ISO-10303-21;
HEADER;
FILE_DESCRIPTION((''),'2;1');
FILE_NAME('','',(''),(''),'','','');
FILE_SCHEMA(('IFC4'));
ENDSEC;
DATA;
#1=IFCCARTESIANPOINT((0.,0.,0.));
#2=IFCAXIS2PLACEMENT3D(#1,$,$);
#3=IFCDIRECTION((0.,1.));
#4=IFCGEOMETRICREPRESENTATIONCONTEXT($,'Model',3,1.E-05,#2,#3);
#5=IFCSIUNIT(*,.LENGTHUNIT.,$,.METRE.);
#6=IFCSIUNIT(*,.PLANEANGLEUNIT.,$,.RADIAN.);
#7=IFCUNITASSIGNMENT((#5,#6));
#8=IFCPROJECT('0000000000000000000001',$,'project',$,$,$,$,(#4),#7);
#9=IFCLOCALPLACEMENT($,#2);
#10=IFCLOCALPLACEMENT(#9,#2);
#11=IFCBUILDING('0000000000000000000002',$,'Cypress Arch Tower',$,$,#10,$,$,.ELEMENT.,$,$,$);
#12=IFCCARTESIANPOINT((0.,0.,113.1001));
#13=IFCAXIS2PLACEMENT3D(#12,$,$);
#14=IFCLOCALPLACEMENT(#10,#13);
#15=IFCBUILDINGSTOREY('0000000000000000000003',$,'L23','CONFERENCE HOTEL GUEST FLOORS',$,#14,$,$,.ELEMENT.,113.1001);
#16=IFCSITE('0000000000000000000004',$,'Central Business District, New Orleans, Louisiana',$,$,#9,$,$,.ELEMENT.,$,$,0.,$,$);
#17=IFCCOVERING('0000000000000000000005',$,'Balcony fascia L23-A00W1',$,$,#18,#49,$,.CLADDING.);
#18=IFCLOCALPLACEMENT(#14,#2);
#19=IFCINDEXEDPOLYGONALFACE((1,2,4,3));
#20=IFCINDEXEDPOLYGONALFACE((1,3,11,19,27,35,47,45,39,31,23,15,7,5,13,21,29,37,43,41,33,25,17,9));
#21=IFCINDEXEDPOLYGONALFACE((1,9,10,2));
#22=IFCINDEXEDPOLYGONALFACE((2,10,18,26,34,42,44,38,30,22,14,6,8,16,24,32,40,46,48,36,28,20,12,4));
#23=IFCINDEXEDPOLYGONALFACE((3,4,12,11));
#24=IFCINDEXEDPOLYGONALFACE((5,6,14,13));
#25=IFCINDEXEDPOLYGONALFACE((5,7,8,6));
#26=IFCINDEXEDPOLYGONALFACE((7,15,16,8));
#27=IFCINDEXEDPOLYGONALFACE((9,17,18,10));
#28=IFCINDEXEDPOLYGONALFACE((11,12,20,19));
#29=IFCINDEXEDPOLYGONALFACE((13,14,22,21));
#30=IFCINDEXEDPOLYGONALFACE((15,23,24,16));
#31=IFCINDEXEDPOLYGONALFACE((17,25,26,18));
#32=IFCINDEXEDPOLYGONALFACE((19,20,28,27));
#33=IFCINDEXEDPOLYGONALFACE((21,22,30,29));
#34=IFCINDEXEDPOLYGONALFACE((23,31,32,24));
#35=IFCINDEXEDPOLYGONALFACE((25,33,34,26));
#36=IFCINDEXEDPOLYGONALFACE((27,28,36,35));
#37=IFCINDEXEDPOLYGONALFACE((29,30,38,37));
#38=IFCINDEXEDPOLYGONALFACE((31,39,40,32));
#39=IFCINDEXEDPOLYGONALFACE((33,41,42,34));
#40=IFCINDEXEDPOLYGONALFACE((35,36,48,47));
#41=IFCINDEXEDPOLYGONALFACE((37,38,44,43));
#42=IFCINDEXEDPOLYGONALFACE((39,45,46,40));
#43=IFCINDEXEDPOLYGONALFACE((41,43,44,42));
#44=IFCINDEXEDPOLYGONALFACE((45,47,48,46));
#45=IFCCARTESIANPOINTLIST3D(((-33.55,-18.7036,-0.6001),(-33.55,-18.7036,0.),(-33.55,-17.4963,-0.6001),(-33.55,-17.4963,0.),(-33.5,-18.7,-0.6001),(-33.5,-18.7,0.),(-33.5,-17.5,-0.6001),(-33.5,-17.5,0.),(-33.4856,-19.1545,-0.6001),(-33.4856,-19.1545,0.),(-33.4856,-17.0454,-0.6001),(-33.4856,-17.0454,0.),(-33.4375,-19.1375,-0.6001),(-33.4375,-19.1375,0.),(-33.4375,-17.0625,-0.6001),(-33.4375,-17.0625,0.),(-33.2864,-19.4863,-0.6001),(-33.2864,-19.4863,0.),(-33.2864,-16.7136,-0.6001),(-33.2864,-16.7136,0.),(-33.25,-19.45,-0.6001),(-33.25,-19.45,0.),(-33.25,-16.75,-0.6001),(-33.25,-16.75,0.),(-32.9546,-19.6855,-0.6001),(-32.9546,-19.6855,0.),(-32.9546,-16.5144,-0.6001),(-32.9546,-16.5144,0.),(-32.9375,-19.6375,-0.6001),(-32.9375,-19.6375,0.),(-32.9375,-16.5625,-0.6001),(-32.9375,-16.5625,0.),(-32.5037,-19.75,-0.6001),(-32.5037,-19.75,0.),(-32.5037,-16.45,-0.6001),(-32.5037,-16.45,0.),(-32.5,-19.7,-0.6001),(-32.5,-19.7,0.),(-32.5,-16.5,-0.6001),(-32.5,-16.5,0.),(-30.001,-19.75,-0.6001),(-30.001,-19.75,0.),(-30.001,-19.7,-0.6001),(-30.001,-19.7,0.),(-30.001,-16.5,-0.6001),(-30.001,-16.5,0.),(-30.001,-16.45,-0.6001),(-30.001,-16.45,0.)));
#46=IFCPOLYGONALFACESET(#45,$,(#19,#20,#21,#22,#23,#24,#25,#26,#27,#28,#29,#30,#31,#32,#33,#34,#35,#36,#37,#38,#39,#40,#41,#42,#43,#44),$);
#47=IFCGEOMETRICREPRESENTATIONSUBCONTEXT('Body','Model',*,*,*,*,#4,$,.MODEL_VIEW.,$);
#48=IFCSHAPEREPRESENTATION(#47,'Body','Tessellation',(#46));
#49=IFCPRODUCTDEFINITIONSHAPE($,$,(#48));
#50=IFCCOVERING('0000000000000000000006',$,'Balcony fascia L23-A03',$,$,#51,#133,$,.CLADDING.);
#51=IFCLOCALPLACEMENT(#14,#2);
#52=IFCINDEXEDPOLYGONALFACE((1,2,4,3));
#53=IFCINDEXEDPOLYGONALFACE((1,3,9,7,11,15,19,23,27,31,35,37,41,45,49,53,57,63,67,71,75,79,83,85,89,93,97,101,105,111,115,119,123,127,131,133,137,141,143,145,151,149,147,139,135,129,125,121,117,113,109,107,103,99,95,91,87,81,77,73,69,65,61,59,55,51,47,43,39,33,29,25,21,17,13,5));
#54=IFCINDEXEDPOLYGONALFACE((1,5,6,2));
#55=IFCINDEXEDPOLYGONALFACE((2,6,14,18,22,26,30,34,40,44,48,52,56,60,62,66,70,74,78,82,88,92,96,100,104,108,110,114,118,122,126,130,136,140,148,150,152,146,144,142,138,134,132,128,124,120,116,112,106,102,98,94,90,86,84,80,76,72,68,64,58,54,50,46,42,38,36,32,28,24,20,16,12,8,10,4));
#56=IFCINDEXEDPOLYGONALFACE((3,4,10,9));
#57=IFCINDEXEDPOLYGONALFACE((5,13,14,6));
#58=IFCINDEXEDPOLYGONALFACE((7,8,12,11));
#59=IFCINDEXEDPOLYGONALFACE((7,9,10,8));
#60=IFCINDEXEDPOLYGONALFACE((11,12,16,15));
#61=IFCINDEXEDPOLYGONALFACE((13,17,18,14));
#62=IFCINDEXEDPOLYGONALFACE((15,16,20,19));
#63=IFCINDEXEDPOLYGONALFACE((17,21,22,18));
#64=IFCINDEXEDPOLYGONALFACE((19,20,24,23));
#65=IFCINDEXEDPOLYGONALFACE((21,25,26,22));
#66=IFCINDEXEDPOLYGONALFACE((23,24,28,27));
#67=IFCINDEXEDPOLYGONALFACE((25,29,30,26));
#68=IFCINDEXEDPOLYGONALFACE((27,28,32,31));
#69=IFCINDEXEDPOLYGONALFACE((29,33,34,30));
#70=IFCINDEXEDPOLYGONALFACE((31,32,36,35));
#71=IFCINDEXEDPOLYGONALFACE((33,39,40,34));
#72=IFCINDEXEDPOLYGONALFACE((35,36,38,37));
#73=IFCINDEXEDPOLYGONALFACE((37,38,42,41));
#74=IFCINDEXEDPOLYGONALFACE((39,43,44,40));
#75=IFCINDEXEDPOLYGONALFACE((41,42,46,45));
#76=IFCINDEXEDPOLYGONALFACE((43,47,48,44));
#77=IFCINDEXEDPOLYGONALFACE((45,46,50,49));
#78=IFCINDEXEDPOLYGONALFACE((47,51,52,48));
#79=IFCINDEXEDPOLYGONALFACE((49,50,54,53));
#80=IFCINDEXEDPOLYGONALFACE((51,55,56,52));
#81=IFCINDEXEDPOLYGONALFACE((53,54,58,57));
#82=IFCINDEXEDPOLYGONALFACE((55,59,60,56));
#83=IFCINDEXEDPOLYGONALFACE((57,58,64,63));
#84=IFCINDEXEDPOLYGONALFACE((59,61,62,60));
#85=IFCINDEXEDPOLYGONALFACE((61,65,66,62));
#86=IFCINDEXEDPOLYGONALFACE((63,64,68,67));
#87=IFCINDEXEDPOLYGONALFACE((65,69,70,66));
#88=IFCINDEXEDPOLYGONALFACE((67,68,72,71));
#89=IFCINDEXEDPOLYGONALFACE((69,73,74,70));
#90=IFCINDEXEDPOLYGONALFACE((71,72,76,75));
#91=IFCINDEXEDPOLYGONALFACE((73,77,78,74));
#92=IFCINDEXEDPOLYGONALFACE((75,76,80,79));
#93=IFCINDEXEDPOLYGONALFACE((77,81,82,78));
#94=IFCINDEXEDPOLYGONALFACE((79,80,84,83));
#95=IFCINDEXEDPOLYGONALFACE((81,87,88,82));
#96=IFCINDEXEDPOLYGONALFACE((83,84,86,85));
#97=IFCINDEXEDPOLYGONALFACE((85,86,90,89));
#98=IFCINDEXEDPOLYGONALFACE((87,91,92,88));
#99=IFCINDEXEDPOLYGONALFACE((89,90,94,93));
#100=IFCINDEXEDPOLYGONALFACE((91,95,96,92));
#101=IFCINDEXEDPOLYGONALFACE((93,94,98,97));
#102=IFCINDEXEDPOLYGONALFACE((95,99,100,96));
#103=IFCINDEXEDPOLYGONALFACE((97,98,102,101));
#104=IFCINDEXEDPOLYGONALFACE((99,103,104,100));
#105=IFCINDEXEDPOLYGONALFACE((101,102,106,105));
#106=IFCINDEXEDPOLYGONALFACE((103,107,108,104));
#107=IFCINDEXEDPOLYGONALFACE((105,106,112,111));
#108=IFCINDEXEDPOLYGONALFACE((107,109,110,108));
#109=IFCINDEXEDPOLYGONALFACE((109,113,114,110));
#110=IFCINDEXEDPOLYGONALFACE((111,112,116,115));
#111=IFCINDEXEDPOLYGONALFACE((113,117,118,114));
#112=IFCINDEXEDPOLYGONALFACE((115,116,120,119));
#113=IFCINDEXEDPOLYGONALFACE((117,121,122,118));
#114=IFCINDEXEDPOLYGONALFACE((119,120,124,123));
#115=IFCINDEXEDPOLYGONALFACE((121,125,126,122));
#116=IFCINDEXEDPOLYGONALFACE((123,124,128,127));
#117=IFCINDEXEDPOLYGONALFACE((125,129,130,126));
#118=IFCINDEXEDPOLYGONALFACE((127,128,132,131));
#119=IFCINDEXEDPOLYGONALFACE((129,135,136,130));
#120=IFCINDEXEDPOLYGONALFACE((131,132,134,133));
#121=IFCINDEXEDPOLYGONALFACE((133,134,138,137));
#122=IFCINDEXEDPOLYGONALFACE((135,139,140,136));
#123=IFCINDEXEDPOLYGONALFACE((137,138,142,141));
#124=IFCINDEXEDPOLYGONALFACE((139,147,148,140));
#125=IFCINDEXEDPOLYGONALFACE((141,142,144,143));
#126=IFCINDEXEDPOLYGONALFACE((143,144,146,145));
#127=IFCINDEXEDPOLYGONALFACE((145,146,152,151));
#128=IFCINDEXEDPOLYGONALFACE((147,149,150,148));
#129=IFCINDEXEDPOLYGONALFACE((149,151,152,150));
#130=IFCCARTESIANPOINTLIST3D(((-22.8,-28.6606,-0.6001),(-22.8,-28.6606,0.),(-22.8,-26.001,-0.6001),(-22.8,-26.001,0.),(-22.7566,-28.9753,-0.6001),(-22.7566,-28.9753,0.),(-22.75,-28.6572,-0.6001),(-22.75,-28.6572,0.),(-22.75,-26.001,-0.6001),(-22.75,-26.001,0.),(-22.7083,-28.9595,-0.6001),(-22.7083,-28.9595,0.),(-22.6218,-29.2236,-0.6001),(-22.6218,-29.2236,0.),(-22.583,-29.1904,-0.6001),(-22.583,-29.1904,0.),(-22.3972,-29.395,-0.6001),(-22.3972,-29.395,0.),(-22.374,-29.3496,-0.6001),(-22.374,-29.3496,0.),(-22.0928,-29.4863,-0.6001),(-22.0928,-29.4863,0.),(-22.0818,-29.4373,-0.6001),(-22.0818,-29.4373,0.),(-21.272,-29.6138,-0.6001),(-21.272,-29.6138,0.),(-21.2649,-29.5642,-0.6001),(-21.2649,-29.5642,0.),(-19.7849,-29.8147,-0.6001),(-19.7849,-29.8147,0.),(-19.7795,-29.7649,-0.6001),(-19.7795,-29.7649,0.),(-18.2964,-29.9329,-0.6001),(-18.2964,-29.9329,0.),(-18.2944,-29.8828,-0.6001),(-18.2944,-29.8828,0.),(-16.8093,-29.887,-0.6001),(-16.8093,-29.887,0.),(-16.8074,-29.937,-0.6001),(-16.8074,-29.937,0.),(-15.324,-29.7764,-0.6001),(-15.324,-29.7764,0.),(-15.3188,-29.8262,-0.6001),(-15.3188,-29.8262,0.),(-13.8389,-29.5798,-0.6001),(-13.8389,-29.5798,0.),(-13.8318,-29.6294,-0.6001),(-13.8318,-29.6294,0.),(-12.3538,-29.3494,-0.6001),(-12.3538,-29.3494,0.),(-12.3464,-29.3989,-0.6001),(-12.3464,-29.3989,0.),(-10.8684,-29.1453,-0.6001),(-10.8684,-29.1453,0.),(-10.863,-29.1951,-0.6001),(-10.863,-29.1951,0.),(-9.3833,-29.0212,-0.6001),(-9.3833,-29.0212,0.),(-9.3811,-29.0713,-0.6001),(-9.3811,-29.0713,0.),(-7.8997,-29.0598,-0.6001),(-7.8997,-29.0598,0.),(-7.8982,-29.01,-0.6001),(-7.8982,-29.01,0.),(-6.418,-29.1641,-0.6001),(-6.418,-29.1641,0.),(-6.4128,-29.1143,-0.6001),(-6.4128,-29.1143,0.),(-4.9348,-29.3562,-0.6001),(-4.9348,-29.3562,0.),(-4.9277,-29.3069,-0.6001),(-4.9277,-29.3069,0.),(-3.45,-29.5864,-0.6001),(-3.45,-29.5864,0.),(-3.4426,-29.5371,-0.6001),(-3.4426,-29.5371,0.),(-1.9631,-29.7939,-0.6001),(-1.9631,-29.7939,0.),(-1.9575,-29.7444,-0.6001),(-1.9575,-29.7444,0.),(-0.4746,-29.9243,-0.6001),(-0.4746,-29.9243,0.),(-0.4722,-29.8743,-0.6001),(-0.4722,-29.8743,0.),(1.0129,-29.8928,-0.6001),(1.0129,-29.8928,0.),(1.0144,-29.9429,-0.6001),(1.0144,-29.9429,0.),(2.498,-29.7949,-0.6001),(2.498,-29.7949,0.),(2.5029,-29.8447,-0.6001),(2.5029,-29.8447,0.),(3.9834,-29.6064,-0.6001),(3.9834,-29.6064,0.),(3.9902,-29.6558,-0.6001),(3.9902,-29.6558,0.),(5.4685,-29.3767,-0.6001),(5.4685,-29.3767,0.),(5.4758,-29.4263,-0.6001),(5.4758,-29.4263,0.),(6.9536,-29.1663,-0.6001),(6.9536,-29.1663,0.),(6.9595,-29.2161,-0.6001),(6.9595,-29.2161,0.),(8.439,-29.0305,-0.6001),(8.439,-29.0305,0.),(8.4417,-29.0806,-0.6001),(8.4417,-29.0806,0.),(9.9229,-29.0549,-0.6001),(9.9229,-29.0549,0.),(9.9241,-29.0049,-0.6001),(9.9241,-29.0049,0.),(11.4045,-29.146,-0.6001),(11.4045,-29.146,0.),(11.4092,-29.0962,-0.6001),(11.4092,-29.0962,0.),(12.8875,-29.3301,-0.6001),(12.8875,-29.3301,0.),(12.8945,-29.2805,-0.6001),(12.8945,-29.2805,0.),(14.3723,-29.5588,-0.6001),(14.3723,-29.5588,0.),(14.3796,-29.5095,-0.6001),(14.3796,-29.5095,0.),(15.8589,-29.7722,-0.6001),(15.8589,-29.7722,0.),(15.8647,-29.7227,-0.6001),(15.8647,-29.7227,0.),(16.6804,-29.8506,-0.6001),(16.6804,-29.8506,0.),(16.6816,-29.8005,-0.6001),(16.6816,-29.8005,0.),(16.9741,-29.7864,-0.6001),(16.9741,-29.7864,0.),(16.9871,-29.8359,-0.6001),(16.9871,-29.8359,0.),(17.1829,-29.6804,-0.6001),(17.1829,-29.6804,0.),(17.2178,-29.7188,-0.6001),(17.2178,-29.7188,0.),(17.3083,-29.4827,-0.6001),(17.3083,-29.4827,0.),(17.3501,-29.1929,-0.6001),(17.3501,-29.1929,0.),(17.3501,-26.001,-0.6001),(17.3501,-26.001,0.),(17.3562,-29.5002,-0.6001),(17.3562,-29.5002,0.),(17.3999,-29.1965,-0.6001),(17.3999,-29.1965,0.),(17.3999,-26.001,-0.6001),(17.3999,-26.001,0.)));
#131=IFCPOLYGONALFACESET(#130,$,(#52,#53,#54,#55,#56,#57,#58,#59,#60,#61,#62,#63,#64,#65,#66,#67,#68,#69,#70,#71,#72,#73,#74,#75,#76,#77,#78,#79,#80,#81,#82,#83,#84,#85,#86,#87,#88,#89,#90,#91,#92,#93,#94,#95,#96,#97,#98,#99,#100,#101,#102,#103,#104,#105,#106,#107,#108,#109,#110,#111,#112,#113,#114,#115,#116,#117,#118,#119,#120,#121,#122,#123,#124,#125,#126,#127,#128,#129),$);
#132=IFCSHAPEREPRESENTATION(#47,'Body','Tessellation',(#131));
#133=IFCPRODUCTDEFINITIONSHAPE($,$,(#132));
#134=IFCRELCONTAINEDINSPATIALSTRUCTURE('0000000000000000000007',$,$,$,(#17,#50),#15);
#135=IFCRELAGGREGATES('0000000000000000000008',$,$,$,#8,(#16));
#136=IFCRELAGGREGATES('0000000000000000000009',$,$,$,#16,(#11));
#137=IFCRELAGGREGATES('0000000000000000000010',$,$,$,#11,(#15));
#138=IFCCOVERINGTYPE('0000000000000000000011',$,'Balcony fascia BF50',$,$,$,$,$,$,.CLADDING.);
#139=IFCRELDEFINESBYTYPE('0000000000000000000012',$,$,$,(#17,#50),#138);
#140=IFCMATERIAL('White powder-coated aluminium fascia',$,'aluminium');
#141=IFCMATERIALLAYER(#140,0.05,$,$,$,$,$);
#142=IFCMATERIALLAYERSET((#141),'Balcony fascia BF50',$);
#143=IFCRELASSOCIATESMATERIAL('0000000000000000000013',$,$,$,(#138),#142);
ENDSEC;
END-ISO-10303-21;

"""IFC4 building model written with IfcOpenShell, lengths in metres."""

from ifc_helpers import new_model, si_unit, direction, frame, origin, place, context, subcontext, project, spatial, polyline, outline, extrude, material, layer, layer_set, type_object, element, save


model = new_model("IFC4")

# Units and contexts
model_context = context("Model", 3, precision=1e-05, world=origin(), true_north=direction((0.0, 1.0)))
body_context = subcontext(model_context, "Body", "Model", "MODEL_VIEW")
ifc_project = project(units=[si_unit("LENGTHUNIT", "METRE"), si_unit("PLANEANGLEUNIT", "RADIAN")], contexts=[model_context])

# Site, building, storey
site_placement = place(None, origin())
site = spatial("IfcSite", under=ifc_project, at=site_placement, Name="Central Business District, New Orleans, Louisiana", CompositionType="ELEMENT", RefElevation=0.0)
building_placement = place(site_placement, origin())
building = spatial("IfcBuilding", under=site, at=building_placement, Name="Cypress Arch Tower", CompositionType="ELEMENT")
storey_placement = place(building_placement, frame((0.0, 0.0, 113.1001)))
storey = spatial("IfcBuildingStorey", under=building, at=storey_placement, Name="L23", Description="CONFERENCE HOTEL GUEST FLOORS", CompositionType="ELEMENT", Elevation=113.1001)

# Coverings
ifc_material_1 = material(Name="White powder-coated aluminium fascia", Category="aluminium")
ifc_layer_1 = layer(ifc_material_1, 0.05)
ifc_layer_set_1 = layer_set([ifc_layer_1], Name="Balcony fascia BF50")
covering_type_1 = type_object("IfcCoveringType", Name="Balcony fascia BF50", PredefinedType="CLADDING", material=ifc_layer_set_1)
covering_1_placement = place(storey_placement, frame((0.0, 0.0, -0.6001)))
element("IfcCovering", 1, at=covering_1_placement, inside=storey, type_object=covering_type_1, Name="Balcony fascia L23-A00W1", PredefinedType="CLADDING", context=body_context, shape_type="SweptSolid", body=[
    extrude(outline(polyline([(-32.5037, -19.75), (-32.9546, -19.6855), (-33.2864, -19.4863), (-33.4856, -19.1545), (-33.55, -18.7036), (-33.55, -17.4963), (-33.4856, -17.0454), (-33.2864, -16.7136), (-32.9546, -16.5144), (-32.5037, -16.45), (-30.001, -16.45), (-30.001, -16.5), (-32.5, -16.5), (-32.9375, -16.5625), (-33.25, -16.75), (-33.4375, -17.0625), (-33.5, -17.5), (-33.5, -18.7), (-33.4375, -19.1375), (-33.25, -19.45), (-32.9375, -19.6375), (-32.5, -19.7), (-30.001, -19.7), (-30.001, -19.75), (-32.5037, -19.75)])), origin(), (0.0, 0.0, 1.0), 0.6001),
])
covering_2_placement = place(storey_placement, frame((0.0, 0.0, -0.6001)))
element("IfcCovering", 2, at=covering_2_placement, inside=storey, type_object=covering_type_1, Name="Balcony fascia L23-A03", PredefinedType="CLADDING", context=body_context, shape_type="SweptSolid", body=[
    extrude(outline(polyline([(17.3999, -29.1965), (17.3562, -29.5002), (17.2178, -29.7188), (16.9871, -29.8359), (16.6804, -29.8506), (15.8589, -29.7722), (14.3723, -29.5588), (12.8875, -29.3301), (11.4045, -29.146), (9.9229, -29.0549), (8.4417, -29.0806), (6.9595, -29.2161), (5.4758, -29.4263), (3.9902, -29.6558), (2.5029, -29.8447), (1.0144, -29.9429), (-0.4746, -29.9243), (-1.9631, -29.7939), (-3.45, -29.5864), (-4.9348, -29.3562), (-6.418, -29.1641), (-7.8997, -29.0598), (-9.3811, -29.0713), (-10.863, -29.1951), (-12.3464, -29.3989), (-13.8318, -29.6294), (-15.3188, -29.8262), (-16.8074, -29.937), (-18.2964, -29.9329), (-19.7849, -29.8147), (-21.272, -29.6138), (-22.0928, -29.4863), (-22.3972, -29.395), (-22.6218, -29.2236), (-22.7566, -28.9753), (-22.8, -28.6606), (-22.8, -26.001), (-22.75, -26.001), (-22.75, -28.6572), (-22.7083, -28.9595), (-22.583, -29.1904), (-22.374, -29.3496), (-22.0818, -29.4373), (-21.2649, -29.5642), (-19.7795, -29.7649), (-18.2944, -29.8828), (-16.8093, -29.887), (-15.324, -29.7764), (-13.8389, -29.5798), (-12.3538, -29.3494), (-10.8684, -29.1453), (-9.3833, -29.0212), (-7.8982, -29.01), (-6.4128, -29.1143), (-4.9277, -29.3069), (-3.4426, -29.5371), (-1.9575, -29.7444), (-0.4722, -29.8743), (1.0129, -29.8928), (2.498, -29.7949), (3.9834, -29.6064), (5.4685, -29.3767), (6.9536, -29.1663), (8.439, -29.0305), (9.9241, -29.0049), (11.4092, -29.0962), (12.8945, -29.2805), (14.3796, -29.5095), (15.8647, -29.7227), (16.6816, -29.8005), (16.9741, -29.7864), (17.1829, -29.6804), (17.3083, -29.4827), (17.3501, -29.1929), (17.3501, -26.001), (17.3999, -26.001), (17.3999, -29.1965)])), origin(), (0.0, 0.0, 1.0), 0.6001),
])

save(model, "model.ifc")
